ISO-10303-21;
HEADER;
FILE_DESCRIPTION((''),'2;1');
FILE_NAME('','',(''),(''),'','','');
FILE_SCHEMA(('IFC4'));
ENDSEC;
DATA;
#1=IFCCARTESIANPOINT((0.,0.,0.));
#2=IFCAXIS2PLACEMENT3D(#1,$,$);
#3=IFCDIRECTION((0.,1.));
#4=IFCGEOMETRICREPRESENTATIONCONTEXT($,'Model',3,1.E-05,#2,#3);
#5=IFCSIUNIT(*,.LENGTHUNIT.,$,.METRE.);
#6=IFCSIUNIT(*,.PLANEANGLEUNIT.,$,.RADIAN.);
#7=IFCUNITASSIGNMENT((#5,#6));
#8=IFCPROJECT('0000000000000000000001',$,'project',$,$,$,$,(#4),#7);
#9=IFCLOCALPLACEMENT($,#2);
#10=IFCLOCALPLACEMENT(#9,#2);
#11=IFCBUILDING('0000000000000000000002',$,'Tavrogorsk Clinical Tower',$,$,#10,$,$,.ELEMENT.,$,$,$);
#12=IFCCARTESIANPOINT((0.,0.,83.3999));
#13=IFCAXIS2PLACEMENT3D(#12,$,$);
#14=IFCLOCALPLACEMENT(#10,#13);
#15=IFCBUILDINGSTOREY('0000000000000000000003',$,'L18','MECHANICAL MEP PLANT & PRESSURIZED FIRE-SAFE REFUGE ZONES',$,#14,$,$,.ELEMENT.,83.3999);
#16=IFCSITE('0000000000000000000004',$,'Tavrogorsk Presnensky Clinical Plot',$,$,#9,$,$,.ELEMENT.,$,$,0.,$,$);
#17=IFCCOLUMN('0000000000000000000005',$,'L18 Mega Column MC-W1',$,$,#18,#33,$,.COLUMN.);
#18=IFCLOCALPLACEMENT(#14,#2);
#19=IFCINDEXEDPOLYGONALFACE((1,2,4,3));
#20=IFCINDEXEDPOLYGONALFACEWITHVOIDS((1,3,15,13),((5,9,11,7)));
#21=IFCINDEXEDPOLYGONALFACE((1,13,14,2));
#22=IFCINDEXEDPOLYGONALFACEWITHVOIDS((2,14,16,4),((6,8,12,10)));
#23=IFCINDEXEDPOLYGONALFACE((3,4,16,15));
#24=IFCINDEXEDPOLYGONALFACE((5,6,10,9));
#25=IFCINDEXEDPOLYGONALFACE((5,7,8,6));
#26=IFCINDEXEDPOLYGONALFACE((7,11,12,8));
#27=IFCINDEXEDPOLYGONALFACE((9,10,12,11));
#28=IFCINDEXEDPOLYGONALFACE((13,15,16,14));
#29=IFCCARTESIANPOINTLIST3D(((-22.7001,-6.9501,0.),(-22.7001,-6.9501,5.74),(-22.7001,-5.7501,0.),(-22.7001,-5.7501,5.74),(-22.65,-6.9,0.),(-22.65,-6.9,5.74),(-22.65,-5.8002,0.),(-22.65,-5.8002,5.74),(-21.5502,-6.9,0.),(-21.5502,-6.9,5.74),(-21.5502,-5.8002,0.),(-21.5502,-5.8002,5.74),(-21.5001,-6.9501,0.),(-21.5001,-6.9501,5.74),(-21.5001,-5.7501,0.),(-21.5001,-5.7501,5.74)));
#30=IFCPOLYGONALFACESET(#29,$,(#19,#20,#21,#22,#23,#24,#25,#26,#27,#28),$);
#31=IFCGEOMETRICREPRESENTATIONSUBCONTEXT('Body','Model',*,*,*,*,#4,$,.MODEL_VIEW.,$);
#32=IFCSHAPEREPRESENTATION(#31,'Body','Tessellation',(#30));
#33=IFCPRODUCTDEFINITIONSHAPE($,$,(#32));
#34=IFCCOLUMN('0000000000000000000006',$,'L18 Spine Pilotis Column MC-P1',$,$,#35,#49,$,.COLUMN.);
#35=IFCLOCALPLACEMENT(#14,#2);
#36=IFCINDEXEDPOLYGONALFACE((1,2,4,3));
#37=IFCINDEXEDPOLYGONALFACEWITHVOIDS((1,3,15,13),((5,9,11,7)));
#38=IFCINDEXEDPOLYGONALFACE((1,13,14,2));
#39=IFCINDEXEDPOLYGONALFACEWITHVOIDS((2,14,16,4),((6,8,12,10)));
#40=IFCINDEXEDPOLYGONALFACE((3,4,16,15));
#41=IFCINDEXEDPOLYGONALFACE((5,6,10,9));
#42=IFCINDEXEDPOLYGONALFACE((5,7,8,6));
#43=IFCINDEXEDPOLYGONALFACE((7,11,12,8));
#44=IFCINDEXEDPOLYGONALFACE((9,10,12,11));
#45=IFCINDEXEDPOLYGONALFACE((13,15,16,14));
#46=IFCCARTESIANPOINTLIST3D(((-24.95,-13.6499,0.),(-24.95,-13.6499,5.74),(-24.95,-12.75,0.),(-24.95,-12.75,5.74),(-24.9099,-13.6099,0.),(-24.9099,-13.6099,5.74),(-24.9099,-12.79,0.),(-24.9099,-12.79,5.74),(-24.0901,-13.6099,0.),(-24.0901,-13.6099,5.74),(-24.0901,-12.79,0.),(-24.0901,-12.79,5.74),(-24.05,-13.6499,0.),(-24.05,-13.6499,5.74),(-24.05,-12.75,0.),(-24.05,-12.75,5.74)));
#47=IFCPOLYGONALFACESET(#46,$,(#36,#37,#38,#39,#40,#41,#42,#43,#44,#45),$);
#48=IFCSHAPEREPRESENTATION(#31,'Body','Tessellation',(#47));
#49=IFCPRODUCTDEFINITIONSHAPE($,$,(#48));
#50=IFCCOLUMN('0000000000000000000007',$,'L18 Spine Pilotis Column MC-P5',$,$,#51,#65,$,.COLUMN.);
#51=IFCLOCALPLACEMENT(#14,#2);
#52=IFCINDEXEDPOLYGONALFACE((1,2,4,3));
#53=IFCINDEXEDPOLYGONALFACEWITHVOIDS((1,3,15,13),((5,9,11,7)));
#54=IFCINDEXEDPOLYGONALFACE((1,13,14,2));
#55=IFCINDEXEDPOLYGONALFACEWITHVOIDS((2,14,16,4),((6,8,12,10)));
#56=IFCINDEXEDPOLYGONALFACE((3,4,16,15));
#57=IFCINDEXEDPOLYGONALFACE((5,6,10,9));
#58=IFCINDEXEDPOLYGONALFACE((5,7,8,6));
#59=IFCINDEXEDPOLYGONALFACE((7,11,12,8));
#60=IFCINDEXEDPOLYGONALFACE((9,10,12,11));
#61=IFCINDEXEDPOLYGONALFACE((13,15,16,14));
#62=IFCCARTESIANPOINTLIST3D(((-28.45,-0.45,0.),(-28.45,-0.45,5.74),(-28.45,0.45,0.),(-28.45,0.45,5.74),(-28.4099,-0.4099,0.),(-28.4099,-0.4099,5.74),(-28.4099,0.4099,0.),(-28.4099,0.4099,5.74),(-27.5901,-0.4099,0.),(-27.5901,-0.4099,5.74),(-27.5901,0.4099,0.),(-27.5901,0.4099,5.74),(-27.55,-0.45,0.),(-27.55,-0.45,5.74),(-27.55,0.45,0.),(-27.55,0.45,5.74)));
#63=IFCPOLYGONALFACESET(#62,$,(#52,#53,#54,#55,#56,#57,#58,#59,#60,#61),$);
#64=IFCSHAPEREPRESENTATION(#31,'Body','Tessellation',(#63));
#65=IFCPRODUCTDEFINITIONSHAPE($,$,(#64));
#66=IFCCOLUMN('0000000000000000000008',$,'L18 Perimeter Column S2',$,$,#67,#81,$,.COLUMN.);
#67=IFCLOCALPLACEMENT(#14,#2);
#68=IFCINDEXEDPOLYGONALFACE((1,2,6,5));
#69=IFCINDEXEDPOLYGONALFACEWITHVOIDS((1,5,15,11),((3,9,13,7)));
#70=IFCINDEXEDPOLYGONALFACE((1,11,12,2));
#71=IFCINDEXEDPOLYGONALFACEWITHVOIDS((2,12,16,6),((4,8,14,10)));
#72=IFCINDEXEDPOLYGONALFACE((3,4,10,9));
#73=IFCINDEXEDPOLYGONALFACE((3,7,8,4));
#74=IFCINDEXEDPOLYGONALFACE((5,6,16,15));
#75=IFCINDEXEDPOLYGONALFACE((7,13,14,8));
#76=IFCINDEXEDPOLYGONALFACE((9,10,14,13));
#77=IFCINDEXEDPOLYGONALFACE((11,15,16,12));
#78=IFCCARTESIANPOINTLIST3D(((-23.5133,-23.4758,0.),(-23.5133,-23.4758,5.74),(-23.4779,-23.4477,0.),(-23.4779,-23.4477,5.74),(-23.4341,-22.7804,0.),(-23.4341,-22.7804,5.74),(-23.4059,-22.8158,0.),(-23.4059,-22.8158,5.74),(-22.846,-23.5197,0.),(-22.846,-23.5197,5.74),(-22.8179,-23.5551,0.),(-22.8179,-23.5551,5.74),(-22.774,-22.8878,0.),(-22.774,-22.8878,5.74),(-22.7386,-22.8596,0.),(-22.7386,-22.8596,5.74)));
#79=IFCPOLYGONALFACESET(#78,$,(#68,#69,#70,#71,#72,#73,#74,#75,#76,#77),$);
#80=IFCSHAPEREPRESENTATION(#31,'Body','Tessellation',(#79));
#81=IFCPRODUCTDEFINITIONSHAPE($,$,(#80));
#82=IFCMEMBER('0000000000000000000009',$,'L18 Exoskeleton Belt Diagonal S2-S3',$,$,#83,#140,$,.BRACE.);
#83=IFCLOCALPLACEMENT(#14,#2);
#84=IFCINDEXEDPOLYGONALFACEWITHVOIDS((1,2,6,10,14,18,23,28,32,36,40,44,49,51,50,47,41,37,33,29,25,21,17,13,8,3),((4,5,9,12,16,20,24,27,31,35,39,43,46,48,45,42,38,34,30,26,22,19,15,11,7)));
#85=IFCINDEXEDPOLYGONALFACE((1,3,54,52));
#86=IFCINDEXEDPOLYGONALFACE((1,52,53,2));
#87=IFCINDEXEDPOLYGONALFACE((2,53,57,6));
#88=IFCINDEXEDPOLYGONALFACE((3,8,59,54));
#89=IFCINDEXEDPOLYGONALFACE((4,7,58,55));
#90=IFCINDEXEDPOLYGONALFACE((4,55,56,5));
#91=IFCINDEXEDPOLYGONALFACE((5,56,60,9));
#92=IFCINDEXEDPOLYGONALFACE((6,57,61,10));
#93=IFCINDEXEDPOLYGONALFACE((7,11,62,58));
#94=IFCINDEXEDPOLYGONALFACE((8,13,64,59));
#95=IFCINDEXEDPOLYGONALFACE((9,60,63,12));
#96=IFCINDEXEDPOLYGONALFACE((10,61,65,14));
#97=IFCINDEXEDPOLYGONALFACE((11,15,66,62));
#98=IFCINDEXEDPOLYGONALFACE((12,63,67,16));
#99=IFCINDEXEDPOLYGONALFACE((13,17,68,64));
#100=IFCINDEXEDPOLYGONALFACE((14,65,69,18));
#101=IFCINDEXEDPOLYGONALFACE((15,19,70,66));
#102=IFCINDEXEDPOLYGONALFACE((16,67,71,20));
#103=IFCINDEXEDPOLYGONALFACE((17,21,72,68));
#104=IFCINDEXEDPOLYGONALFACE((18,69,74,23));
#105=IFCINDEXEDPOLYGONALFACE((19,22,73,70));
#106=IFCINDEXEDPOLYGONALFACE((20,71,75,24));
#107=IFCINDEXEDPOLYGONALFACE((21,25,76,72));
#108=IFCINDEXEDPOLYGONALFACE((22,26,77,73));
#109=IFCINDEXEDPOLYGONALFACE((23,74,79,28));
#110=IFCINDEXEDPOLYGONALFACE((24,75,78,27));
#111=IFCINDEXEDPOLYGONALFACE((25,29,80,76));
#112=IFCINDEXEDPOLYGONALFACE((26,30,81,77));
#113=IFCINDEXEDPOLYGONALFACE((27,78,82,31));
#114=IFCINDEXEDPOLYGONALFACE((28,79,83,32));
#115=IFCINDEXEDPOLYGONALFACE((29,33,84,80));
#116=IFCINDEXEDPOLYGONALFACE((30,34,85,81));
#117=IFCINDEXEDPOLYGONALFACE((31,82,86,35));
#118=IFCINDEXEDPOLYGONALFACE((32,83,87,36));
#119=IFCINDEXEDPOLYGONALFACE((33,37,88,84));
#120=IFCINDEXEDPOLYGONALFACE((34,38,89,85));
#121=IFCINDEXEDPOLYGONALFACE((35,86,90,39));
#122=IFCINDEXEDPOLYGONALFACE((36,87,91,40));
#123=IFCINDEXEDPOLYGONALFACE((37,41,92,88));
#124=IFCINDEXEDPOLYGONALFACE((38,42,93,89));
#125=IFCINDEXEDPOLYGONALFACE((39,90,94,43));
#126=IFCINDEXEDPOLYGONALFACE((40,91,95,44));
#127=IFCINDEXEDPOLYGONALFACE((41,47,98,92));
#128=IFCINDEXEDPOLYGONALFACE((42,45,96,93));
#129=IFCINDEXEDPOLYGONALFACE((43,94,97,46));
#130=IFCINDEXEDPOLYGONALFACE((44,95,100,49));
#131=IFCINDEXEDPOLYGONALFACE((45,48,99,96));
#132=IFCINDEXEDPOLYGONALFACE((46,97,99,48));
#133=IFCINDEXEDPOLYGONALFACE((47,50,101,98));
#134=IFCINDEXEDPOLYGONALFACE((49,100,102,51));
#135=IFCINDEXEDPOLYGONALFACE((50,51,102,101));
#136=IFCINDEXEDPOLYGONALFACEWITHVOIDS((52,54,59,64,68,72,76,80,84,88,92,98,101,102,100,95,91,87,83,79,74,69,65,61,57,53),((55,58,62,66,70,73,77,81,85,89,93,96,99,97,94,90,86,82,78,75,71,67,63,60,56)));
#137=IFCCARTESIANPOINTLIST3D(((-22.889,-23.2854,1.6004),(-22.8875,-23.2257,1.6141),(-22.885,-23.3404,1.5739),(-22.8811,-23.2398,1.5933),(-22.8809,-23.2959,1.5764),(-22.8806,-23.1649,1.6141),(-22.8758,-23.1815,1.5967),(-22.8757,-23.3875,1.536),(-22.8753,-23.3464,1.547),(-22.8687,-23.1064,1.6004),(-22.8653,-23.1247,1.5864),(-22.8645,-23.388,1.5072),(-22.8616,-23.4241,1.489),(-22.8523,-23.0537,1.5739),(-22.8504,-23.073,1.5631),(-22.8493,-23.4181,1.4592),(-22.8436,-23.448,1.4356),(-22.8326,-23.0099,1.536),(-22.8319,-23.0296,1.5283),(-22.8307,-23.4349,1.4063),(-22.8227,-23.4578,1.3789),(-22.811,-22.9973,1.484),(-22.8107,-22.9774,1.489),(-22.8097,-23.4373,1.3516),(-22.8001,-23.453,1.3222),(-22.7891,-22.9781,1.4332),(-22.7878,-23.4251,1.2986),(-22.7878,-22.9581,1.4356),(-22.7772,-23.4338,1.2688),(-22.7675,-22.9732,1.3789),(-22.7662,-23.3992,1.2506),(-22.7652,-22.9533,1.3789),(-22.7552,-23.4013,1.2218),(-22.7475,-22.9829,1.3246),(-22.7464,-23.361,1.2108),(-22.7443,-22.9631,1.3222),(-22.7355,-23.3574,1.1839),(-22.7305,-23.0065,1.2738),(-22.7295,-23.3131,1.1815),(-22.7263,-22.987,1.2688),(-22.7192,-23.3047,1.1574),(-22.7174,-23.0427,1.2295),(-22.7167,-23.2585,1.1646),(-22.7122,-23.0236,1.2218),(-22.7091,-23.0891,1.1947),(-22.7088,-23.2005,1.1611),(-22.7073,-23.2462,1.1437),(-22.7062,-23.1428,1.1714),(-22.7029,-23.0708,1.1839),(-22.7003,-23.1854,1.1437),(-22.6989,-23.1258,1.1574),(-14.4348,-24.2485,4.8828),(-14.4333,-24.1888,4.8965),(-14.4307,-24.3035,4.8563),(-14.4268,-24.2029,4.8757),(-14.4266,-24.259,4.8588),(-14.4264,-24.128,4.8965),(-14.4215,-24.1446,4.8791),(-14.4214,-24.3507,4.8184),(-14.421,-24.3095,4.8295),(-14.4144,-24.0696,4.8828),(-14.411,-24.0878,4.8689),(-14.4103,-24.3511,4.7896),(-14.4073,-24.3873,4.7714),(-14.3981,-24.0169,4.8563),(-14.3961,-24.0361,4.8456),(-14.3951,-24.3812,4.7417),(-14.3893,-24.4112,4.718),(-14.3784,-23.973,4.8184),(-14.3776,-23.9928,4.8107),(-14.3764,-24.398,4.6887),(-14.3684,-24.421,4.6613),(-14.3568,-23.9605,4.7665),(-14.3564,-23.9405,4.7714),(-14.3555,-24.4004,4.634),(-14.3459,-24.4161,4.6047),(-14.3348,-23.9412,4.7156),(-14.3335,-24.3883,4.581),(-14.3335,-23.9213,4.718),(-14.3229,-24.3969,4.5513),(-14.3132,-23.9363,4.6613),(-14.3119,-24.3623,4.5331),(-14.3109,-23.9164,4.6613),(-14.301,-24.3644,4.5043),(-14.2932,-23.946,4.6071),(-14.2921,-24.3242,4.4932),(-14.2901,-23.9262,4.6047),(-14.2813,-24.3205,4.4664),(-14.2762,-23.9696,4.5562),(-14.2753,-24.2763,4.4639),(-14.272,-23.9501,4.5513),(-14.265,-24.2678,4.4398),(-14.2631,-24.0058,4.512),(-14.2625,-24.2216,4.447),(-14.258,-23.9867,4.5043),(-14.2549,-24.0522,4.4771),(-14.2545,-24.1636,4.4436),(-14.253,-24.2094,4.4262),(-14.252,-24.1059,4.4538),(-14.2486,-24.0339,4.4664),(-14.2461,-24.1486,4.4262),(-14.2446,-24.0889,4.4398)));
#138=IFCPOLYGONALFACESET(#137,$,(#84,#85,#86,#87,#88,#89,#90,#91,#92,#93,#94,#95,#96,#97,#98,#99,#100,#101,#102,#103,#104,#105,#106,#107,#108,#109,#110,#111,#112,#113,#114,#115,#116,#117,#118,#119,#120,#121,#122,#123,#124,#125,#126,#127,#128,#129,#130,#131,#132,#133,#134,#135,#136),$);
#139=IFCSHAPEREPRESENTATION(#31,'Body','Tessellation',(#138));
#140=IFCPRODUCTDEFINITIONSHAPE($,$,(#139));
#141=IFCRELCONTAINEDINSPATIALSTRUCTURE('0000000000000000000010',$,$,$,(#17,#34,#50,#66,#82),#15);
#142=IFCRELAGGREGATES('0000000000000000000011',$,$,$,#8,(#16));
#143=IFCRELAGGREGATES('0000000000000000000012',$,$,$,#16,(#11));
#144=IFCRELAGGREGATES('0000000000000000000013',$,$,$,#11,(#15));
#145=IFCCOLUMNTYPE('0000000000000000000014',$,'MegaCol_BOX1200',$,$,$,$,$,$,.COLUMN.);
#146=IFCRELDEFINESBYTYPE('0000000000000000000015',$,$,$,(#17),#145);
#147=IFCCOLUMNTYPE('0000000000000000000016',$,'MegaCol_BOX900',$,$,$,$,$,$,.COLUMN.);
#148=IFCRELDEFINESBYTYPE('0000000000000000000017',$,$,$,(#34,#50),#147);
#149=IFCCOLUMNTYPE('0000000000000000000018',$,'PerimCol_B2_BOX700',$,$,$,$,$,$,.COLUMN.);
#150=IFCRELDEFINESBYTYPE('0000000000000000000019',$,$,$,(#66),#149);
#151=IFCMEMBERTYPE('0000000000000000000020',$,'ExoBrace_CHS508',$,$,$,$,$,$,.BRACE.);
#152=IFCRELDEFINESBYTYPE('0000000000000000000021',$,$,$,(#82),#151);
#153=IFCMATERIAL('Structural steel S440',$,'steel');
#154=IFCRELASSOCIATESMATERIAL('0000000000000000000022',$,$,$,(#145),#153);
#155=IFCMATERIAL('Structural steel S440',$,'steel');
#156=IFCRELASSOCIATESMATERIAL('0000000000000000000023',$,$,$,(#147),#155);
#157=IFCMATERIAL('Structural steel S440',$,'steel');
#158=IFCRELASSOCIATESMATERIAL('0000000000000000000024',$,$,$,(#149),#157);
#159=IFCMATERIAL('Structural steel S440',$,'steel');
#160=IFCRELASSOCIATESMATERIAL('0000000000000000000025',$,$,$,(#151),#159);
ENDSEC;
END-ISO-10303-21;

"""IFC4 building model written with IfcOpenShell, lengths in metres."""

from ifc_helpers import new_model, si_unit, direction, frame, origin, origin_2d, place, context, subcontext, project, spatial, hollow_rectangle, hollow_circle, extrude, material, material_profile, profile_set, type_object, element, save


model = new_model("IFC4")

# Units and contexts
model_context = context("Model", 3, precision=1e-05, world=origin(), true_north=direction((0.0, 1.0)))
body_context = subcontext(model_context, "Body", "Model", "MODEL_VIEW")
ifc_project = project(units=[si_unit("LENGTHUNIT", "METRE"), si_unit("PLANEANGLEUNIT", "RADIAN")], contexts=[model_context])

# Site, building, storey
site_placement = place(None, origin())
site = spatial("IfcSite", under=ifc_project, at=site_placement, Name="Tavrogorsk Presnensky Clinical Plot", CompositionType="ELEMENT", RefElevation=0.0)
building_placement = place(site_placement, origin())
building = spatial("IfcBuilding", under=site, at=building_placement, Name="Tavrogorsk Clinical Tower", CompositionType="ELEMENT")
storey_placement = place(building_placement, frame((0.0, 0.0, 83.3999)))
storey = spatial("IfcBuildingStorey", under=building, at=storey_placement, Name="L18", Description="MECHANICAL MEP PLANT & PRESSURIZED FIRE-SAFE REFUGE ZONES", CompositionType="ELEMENT", Elevation=83.3999)

# Columns
ifc_material_1 = material(Name="Structural steel S440", Category="steel")
ifc_material_profile_1 = material_profile(ifc_material_1, hollow_rectangle(XDim=1.2, YDim=1.2, WallThickness=0.05, at=origin_2d()), Name="BOX-1200x1200x50")
ifc_profile_set_1 = profile_set([ifc_material_profile_1], Name="Structural steel S440")
column_type_1 = type_object("IfcColumnType", Name="MegaCol_BOX1200", PredefinedType="COLUMN", material=ifc_profile_set_1)
column_1_placement = place(storey_placement, frame((-22.1001, -6.3501, 0.0), z_axis=(0.0, 0.0, 1.0), x_axis=(1.0, 0.0, 0.0)))
element("IfcColumn", 1, at=column_1_placement, inside=storey, type_object=column_type_1, Name="L18 Mega Column MC-W1", PredefinedType="COLUMN", context=body_context, shape_type="SweptSolid", body=[
    extrude(hollow_rectangle(XDim=1.2, YDim=1.2, WallThickness=0.05, at=origin_2d()), origin(), (0.0, 0.0, 1.0), 5.74),
])
ifc_material_2 = material(Name="Structural steel S440", Category="steel")
ifc_material_profile_2 = material_profile(ifc_material_2, hollow_rectangle(XDim=0.8999, YDim=0.8999, WallThickness=0.04, at=origin_2d()), Name="BOX-900x900x40")
ifc_profile_set_2 = profile_set([ifc_material_profile_2], Name="Structural steel S440")
column_type_2 = type_object("IfcColumnType", Name="MegaCol_BOX900", PredefinedType="COLUMN", material=ifc_profile_set_2)
for number, where, z_axis, x_axis, name in (
    (2, (-24.5, -13.2, 0.0), (0.0, 0.0, 1.0), (1.0, 0.0, 0.0), "L18 Spine Pilotis Column MC-P1"),
    (3, (-28.0, 0.0, 0.0), (0.0, 0.0, 1.0), (1.0, 0.0, 0.0), "L18 Spine Pilotis Column MC-P5"),
):
    element("IfcColumn", number, at=place(storey_placement, frame(where, z_axis=z_axis, x_axis=x_axis)), inside=storey, type_object=column_type_2, Name=name, PredefinedType="COLUMN", context=body_context, shape_type="SweptSolid", body=[
        extrude(hollow_rectangle(XDim=0.8999, YDim=0.8999, WallThickness=0.04, at=origin_2d()), origin(), (0.0, 0.0, 1.0), 5.74),
    ])
ifc_material_3 = material(Name="Structural steel S440", Category="steel")
ifc_material_profile_3 = material_profile(ifc_material_3, hollow_rectangle(XDim=0.7, YDim=0.7, WallThickness=0.032, at=origin_2d()), Name="BOX-700x700x32")
ifc_profile_set_3 = profile_set([ifc_material_profile_3], Name="Structural steel S440")
column_type_3 = type_object("IfcColumnType", Name="PerimCol_B2_BOX700", PredefinedType="COLUMN", material=ifc_profile_set_3)
column_2_placement = place(storey_placement, frame((-23.126, -23.1677, 0.0), z_axis=(0.0, 0.0, 1.0), x_axis=(0.993572, -0.113203, 0.0)))
element("IfcColumn", 4, at=column_2_placement, inside=storey, type_object=column_type_3, Name="L18 Perimeter Column S2", PredefinedType="COLUMN", context=body_context, shape_type="SweptSolid", body=[
    extrude(hollow_rectangle(XDim=0.7, YDim=0.7, WallThickness=0.032, at=origin_2d()), origin(), (0.0, 0.0, 1.0), 5.74),
])

# Member
ifc_material_4 = material(Name="Structural steel S440", Category="steel")
ifc_material_profile_4 = material_profile(ifc_material_4, hollow_circle(Radius=0.2539, WallThickness=0.02, at=origin_2d()), Name="CHS-508x20")
ifc_profile_set_4 = profile_set([ifc_material_profile_4], Name="Structural steel S440")
member_type_1 = type_object("IfcMemberType", Name="ExoBrace_CHS508", PredefinedType="BRACE", material=ifc_profile_set_4)
member_1_placement = place(storey_placement, frame((-22.7939, -23.2056, 1.3789), z_axis=(0.92699, -0.105604, 0.359912), x_axis=(0.11319, 0.993573, 0.0)))
element("IfcMember", 5, at=member_1_placement, inside=storey, type_object=member_type_1, Name="L18 Exoskeleton Belt Diagonal S2-S3", PredefinedType="BRACE", context=body_context, shape_type="SweptSolid", body=[
    extrude(hollow_circle(Radius=0.2539, WallThickness=0.02, at=origin_2d()), origin(), (0.0, 0.0, 1.0), 9.1201),
])

save(model, "model.ifc")
